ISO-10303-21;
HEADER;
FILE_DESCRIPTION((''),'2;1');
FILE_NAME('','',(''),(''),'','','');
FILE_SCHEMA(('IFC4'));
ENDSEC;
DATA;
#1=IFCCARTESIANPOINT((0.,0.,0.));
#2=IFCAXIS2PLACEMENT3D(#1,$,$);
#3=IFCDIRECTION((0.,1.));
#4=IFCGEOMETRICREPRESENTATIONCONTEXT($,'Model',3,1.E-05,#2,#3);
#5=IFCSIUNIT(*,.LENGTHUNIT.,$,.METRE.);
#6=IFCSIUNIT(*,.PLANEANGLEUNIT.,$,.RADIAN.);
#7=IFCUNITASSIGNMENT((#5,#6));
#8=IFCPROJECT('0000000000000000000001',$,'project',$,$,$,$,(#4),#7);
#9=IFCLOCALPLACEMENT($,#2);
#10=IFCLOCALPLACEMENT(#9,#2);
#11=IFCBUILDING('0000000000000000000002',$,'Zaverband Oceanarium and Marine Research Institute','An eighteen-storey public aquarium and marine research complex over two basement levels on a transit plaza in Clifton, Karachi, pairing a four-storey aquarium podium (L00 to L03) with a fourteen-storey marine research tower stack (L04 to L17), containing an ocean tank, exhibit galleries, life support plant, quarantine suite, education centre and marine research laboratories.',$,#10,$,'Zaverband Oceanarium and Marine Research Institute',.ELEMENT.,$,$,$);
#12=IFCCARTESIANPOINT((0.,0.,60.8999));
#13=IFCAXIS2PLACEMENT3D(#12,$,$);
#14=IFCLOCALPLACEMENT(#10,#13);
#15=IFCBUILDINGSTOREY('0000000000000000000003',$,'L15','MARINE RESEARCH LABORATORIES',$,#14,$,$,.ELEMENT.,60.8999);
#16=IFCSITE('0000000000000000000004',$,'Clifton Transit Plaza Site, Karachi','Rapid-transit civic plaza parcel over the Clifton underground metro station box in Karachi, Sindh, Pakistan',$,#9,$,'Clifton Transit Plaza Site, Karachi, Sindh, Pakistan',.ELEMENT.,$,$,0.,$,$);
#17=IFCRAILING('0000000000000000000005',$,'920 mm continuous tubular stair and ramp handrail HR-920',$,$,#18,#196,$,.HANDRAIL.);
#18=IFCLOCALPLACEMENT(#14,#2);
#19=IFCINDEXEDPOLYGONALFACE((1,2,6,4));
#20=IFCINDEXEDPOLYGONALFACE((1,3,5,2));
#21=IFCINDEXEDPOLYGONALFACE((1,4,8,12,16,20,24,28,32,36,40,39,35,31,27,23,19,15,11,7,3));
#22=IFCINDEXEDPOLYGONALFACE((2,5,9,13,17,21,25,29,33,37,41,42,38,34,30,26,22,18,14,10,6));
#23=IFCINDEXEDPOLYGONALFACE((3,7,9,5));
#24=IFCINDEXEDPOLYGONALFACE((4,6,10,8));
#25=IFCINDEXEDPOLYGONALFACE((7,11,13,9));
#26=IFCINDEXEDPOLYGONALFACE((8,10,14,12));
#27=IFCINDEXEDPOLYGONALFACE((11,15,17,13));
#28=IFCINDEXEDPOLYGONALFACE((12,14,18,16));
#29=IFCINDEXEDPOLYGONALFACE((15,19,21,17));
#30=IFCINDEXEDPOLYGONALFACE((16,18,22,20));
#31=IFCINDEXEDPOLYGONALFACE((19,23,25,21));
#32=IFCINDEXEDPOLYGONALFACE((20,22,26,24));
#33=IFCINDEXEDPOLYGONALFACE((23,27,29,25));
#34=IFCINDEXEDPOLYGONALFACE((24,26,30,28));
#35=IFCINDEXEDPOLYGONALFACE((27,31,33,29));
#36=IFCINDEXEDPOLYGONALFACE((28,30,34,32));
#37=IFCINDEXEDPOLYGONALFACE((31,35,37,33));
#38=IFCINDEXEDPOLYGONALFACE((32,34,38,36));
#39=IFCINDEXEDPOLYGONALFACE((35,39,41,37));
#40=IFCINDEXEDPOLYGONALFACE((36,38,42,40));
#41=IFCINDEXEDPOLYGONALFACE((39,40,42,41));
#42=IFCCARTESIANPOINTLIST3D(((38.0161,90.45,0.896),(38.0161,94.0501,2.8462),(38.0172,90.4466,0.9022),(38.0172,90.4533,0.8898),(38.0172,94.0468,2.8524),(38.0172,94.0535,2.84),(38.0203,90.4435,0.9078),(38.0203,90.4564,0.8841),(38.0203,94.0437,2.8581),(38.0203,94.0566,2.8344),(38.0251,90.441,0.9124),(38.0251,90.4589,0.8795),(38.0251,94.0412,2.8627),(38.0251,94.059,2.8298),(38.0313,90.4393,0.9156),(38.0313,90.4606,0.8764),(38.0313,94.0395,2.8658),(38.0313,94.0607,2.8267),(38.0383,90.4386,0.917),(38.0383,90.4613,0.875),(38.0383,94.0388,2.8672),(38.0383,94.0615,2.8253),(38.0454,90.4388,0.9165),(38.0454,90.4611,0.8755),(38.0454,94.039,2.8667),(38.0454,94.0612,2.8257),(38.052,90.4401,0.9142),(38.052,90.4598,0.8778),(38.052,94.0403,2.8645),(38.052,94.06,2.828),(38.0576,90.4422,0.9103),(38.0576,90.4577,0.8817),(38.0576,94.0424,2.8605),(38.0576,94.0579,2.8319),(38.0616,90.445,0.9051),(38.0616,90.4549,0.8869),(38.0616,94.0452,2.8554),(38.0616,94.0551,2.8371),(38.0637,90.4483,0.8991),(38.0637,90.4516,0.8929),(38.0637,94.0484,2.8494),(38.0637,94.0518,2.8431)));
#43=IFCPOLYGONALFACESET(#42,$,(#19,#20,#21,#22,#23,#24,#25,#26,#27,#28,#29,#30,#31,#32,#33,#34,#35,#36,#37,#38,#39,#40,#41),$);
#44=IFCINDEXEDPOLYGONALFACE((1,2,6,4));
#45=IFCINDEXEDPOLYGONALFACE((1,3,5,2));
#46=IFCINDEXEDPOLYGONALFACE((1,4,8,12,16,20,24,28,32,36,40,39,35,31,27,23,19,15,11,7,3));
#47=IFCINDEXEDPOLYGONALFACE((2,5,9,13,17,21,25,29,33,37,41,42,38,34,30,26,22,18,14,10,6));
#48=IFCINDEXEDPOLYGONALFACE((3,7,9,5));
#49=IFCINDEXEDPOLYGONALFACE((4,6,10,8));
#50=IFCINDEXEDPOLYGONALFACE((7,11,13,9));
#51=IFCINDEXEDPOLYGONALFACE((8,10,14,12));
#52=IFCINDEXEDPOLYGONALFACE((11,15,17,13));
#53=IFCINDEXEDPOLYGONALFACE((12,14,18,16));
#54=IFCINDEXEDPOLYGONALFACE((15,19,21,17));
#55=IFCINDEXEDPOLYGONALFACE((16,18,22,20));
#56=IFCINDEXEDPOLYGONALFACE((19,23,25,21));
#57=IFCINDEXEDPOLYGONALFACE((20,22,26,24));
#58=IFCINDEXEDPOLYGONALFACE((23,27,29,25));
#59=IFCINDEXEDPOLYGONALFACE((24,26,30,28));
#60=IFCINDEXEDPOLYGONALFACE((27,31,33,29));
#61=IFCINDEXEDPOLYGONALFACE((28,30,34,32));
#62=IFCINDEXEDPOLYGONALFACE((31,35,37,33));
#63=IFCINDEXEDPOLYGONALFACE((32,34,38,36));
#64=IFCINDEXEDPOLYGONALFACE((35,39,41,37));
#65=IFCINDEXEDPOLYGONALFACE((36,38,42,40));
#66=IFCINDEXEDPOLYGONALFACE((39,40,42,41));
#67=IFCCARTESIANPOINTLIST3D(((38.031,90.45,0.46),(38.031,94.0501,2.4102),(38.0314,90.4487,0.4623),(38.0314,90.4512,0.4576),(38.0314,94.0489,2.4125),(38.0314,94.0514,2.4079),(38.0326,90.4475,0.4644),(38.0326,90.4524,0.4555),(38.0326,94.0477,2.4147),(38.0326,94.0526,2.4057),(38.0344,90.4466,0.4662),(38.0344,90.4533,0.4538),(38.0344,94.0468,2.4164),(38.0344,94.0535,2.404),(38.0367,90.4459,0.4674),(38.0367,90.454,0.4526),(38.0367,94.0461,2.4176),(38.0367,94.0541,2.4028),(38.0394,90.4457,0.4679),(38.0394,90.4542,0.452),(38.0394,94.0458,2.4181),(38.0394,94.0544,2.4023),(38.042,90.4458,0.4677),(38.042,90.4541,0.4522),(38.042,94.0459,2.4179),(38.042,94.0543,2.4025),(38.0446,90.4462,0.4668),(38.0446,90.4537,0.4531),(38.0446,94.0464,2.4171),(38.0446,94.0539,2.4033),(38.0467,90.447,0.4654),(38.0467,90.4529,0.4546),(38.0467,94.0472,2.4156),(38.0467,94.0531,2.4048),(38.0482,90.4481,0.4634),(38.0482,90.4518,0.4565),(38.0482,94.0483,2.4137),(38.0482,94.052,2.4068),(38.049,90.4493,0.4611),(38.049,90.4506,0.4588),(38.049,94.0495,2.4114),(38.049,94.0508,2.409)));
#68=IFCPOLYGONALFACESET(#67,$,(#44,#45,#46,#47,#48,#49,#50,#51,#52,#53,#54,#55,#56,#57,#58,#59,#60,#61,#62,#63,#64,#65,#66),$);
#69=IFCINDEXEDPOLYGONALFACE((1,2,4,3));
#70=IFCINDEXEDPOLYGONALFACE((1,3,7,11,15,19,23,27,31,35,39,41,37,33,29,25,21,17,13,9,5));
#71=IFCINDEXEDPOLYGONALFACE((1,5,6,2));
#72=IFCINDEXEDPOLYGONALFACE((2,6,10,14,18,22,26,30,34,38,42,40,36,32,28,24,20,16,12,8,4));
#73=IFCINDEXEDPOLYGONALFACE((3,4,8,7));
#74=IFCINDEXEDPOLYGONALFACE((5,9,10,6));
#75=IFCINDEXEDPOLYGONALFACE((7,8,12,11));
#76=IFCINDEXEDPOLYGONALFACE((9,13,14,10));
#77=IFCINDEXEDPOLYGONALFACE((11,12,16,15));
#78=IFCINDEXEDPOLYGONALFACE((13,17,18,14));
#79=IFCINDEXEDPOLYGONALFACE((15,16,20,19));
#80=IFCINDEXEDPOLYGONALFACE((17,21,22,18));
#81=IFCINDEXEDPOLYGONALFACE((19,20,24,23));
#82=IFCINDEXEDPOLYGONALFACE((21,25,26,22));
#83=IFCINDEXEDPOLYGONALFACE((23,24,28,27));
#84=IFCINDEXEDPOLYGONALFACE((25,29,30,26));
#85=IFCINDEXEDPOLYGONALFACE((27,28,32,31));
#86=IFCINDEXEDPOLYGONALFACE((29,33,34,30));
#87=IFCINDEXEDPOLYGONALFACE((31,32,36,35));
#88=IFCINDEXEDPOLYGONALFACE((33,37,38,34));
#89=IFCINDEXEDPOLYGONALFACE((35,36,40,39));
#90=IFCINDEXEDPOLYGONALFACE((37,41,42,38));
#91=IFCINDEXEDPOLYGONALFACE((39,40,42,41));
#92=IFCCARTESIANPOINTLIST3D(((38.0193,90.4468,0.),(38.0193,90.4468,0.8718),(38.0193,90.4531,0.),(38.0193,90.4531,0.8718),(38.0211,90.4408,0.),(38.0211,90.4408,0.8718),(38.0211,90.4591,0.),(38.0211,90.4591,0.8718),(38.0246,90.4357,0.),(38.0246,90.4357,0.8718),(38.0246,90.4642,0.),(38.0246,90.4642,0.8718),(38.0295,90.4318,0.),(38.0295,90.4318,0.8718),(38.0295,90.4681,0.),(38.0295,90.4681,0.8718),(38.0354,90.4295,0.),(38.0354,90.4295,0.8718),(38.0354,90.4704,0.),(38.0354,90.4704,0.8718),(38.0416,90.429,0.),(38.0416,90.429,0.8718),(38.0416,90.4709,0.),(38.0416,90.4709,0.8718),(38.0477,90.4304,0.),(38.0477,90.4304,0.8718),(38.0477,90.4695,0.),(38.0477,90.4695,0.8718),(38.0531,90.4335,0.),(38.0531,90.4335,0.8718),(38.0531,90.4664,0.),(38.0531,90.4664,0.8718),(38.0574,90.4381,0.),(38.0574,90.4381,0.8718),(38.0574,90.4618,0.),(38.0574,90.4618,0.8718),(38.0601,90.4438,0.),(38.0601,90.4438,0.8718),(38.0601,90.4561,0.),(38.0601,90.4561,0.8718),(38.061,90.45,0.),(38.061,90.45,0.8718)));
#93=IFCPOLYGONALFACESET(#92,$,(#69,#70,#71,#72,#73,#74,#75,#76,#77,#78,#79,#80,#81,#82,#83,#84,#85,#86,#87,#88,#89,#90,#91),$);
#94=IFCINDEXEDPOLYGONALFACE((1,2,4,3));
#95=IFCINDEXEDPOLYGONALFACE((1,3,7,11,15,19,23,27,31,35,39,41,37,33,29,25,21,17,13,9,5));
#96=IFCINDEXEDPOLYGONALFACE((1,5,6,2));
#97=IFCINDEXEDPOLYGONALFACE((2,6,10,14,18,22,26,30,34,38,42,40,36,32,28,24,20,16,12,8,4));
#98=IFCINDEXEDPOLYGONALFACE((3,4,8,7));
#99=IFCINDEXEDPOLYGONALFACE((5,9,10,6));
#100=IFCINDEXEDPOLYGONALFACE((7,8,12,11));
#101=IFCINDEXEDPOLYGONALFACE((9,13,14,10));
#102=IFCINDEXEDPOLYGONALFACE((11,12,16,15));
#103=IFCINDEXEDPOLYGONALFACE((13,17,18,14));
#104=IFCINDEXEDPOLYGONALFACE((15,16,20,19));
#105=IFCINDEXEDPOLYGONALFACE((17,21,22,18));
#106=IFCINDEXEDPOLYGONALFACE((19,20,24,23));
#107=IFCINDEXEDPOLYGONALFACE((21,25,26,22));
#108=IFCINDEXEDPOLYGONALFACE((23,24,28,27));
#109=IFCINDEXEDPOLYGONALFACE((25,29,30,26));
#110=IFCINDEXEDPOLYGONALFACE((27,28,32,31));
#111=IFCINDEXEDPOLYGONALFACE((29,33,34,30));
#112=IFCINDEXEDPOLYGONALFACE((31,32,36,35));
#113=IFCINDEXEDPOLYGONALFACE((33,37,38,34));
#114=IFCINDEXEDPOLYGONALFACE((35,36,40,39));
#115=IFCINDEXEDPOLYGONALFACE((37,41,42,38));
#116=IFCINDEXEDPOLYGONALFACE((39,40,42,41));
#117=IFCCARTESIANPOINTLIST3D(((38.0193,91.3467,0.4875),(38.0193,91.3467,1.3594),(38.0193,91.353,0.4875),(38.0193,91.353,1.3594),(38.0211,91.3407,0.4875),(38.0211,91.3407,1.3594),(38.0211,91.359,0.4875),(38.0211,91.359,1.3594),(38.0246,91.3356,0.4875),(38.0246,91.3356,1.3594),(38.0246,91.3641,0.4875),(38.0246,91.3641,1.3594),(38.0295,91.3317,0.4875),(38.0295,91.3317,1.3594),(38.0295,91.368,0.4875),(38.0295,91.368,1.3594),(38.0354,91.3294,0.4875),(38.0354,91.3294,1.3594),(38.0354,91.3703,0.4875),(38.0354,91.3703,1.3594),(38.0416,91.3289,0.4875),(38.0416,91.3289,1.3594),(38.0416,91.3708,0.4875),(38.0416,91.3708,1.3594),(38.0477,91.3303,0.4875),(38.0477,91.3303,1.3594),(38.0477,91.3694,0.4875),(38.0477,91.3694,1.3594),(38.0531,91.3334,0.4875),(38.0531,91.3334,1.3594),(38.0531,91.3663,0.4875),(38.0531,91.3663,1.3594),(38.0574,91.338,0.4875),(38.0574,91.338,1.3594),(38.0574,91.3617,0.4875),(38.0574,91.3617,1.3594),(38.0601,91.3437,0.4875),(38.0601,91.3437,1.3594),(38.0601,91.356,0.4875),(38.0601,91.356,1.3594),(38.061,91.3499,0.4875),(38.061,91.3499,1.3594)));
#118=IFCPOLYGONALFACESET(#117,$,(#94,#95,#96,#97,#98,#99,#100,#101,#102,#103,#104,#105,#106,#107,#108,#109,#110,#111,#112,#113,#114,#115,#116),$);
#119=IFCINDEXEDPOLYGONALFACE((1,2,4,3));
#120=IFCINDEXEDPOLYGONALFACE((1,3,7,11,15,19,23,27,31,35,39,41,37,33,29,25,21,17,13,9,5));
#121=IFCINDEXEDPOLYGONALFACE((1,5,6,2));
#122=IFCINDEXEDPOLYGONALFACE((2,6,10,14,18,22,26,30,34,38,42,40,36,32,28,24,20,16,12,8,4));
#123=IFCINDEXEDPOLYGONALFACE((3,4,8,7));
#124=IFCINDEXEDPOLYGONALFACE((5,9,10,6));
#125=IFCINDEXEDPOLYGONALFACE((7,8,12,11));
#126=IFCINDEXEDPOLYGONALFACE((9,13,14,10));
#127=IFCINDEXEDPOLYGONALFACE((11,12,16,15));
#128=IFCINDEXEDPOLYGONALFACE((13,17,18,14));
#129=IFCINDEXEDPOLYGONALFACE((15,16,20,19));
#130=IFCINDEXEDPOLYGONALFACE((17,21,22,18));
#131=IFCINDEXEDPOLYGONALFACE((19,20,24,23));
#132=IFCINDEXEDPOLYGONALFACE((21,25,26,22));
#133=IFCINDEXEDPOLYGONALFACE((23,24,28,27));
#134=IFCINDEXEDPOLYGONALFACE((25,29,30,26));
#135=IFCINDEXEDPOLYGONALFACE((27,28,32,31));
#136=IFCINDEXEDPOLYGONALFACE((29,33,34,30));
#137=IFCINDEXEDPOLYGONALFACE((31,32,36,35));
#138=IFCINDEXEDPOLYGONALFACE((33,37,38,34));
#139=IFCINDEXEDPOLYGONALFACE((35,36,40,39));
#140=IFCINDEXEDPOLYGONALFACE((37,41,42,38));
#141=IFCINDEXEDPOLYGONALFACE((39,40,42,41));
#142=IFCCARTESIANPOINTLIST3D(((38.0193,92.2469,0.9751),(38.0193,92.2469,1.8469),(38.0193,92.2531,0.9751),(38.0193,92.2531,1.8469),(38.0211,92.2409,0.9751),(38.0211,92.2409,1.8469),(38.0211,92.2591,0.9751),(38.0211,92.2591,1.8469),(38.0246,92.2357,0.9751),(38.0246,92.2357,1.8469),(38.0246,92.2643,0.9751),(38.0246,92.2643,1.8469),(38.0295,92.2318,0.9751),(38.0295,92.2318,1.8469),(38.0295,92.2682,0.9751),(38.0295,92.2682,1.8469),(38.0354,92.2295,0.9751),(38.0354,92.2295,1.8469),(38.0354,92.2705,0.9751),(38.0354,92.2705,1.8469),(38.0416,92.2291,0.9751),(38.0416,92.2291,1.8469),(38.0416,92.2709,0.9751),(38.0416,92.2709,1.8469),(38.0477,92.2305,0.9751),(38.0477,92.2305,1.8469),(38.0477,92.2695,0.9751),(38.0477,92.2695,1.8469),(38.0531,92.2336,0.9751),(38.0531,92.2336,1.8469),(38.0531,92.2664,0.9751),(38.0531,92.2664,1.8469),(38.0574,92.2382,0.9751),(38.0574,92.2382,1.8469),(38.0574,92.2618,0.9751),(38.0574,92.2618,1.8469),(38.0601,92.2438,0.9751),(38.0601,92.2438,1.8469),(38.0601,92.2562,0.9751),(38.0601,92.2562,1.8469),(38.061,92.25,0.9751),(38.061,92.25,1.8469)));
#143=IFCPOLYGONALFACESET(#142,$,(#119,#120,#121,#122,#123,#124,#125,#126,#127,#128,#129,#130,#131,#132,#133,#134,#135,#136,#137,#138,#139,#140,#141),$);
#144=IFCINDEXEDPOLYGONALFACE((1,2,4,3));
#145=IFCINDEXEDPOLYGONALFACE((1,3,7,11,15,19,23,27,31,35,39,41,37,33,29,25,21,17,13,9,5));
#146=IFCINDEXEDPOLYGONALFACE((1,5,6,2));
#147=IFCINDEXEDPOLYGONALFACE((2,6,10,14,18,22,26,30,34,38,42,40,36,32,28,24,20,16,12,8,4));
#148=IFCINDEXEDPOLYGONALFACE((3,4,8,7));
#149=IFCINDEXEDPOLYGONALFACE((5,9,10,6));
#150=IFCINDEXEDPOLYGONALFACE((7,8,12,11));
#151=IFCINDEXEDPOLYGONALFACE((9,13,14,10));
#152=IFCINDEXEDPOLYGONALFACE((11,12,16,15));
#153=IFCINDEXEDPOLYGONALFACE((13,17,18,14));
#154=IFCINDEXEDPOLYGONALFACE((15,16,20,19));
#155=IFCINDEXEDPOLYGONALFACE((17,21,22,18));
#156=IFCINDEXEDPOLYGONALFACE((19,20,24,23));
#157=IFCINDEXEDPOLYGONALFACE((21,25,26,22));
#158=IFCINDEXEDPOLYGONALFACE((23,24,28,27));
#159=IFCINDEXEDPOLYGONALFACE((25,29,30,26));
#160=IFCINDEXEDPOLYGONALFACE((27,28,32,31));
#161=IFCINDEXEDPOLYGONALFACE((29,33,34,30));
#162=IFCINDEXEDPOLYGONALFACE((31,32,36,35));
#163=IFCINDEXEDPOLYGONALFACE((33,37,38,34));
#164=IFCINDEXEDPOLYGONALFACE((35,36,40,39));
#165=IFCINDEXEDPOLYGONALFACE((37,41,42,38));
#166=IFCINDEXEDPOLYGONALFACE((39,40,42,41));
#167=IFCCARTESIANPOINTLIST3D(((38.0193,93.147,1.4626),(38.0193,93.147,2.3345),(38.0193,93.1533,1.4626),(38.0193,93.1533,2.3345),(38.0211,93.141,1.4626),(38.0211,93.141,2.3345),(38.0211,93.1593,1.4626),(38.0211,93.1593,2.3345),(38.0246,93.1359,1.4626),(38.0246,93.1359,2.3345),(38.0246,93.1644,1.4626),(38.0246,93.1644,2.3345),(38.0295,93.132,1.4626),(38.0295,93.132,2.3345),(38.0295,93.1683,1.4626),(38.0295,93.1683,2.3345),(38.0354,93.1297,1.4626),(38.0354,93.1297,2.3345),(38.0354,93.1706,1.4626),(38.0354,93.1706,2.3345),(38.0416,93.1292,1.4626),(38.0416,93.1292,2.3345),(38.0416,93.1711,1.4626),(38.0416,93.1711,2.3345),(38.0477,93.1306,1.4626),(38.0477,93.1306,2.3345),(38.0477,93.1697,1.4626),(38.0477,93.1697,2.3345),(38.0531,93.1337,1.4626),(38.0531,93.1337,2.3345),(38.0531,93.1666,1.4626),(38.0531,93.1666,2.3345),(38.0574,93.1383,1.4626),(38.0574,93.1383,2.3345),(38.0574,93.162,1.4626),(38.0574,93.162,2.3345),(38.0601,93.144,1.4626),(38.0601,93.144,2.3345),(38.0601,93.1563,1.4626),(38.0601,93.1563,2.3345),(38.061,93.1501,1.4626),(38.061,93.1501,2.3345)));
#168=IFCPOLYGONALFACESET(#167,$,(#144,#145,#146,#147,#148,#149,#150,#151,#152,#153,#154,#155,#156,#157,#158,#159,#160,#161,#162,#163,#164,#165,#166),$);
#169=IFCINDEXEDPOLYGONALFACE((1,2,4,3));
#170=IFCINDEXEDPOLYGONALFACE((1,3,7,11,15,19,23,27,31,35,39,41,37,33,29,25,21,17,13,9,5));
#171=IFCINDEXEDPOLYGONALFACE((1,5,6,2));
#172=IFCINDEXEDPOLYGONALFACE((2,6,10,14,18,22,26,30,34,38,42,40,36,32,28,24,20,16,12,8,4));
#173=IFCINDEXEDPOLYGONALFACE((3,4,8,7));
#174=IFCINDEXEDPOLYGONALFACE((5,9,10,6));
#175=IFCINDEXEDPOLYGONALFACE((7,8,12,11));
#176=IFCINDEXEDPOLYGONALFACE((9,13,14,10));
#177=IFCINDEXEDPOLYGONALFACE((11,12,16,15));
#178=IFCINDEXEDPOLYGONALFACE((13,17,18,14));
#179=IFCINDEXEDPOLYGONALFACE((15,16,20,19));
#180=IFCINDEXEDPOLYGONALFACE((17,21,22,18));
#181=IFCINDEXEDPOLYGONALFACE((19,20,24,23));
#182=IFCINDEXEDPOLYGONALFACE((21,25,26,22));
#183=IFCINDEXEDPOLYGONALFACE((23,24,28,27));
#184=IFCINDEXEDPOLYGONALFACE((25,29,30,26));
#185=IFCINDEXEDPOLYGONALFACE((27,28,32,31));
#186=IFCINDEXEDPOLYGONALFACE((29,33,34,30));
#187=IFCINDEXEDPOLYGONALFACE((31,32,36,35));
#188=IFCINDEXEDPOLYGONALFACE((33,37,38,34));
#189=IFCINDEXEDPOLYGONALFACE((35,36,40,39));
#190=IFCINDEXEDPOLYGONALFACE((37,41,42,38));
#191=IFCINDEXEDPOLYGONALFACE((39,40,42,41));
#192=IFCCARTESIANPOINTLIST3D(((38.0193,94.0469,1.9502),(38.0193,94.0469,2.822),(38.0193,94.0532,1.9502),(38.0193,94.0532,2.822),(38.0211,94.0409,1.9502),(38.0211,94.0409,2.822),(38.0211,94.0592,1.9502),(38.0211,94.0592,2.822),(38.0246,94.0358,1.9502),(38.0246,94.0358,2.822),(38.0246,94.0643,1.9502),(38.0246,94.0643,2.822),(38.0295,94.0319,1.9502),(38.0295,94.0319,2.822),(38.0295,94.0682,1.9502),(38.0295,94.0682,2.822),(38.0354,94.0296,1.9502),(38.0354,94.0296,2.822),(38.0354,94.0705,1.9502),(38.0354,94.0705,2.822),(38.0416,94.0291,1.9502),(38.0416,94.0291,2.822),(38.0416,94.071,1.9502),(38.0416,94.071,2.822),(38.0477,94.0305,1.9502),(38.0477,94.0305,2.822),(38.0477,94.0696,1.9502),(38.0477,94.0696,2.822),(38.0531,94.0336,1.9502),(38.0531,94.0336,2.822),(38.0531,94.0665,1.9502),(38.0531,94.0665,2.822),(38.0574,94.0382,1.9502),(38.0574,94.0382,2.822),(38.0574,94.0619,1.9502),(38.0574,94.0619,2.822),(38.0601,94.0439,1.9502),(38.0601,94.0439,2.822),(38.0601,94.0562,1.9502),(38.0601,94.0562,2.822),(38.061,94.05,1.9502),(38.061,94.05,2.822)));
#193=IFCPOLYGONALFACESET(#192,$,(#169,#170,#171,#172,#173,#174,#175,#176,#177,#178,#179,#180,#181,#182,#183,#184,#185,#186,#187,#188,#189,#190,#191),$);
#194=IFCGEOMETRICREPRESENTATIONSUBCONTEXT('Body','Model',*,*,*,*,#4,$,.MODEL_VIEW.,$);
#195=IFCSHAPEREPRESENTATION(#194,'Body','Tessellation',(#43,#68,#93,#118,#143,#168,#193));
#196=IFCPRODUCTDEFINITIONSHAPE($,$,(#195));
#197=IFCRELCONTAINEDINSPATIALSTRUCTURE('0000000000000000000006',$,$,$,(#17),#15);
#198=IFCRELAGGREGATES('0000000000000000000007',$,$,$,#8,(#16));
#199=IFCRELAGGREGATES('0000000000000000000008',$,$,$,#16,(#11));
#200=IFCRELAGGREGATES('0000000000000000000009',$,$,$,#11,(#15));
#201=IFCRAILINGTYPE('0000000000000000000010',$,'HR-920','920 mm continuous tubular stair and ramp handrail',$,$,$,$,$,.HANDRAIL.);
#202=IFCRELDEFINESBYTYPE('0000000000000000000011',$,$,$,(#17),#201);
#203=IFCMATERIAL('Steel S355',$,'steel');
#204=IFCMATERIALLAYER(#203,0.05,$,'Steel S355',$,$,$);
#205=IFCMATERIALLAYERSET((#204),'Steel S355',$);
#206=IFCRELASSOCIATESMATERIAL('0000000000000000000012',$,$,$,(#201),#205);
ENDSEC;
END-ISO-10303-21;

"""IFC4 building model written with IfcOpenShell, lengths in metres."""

from ifc_helpers import new_model, si_unit, direction, frame, origin, origin_2d, place, context, subcontext, project, spatial, circle, extrude, material, layer, layer_set, type_object, element, save


model = new_model("IFC4")

# Units and contexts
model_context = context("Model", 3, precision=1e-05, world=origin(), true_north=direction((0.0, 1.0)))
body_context = subcontext(model_context, "Body", "Model", "MODEL_VIEW")
ifc_project = project(units=[si_unit("LENGTHUNIT", "METRE"), si_unit("PLANEANGLEUNIT", "RADIAN")], contexts=[model_context])

# Site, building, storey
site_placement = place(None, origin())
site = spatial("IfcSite", under=ifc_project, at=site_placement, Name="Clifton Transit Plaza Site, Karachi", Description="Rapid-transit civic plaza parcel over the Clifton underground metro station box in Karachi, Sindh, Pakistan", LongName="Clifton Transit Plaza Site, Karachi, Sindh, Pakistan", CompositionType="ELEMENT", RefElevation=0.0)
building_placement = place(site_placement, origin())
building = spatial("IfcBuilding", under=site, at=building_placement, Name="Zaverband Oceanarium and Marine Research Institute", Description="An eighteen-storey public aquarium and marine research complex over two basement levels on a transit plaza in Clifton, Karachi, pairing a four-storey aquarium podium (L00 to L03) with a fourteen-storey marine research tower stack (L04 to L17), containing an ocean tank, exhibit galleries, life support plant, quarantine suite, education centre and marine research laboratories.", LongName="Zaverband Oceanarium and Marine Research Institute", CompositionType="ELEMENT")
storey_placement = place(building_placement, frame((0.0, 0.0, 60.8999)))
storey = spatial("IfcBuildingStorey", under=building, at=storey_placement, Name="L15", Description="MARINE RESEARCH LABORATORIES", CompositionType="ELEMENT", Elevation=60.8999)

# Shared definitions
ifc_material_1 = material(Name="Steel S355", Category="steel")

# Railing
ifc_layer_1 = layer(ifc_material_1, 0.05, Name="Steel S355")
ifc_layer_set_1 = layer_set([ifc_layer_1], Name="Steel S355")
railing_type_1 = type_object("IfcRailingType", Name="HR-920", Description="920 mm continuous tubular stair and ramp handrail", PredefinedType="HANDRAIL", material=ifc_layer_set_1)
railing_1_placement = place(storey_placement, frame((38.04, 90.45, 0.0)))
element("IfcRailing", 1, at=railing_1_placement, inside=storey, type_object=railing_type_1, Name="920 mm continuous tubular stair and ramp handrail HR-920", PredefinedType="HANDRAIL", context=body_context, shape_type="SweptSolid", body=[
    extrude(circle(Radius=0.0239, at=origin_2d()), frame((0.0, 0.0, 0.896), z_axis=(0.0, 0.879277, 0.47631), x_axis=(-1.0, 0.0, 0.0)), (0.0, 0.0, 1.0), 4.0945),
    extrude(circle(Radius=0.009, at=origin_2d()), frame((0.0, 0.0, 0.46), z_axis=(0.0, 0.879277, 0.47631), x_axis=(-1.0, 0.0, 0.0)), (0.0, 0.0, 1.0), 4.0945),
    extrude(circle(Radius=0.021, at=origin_2d()), origin(), (0.0, 0.0, 1.0), 0.8718),
    extrude(circle(Radius=0.021, at=origin_2d()), frame((0.0, 0.8999, 0.4875)), (0.0, 0.0, 1.0), 0.8718),
    extrude(circle(Radius=0.021, at=origin_2d()), frame((0.0, 1.8, 0.9751)), (0.0, 0.0, 1.0), 0.8718),
    extrude(circle(Radius=0.021, at=origin_2d()), frame((0.0, 2.7002, 1.4626)), (0.0, 0.0, 1.0), 0.8718),
    extrude(circle(Radius=0.021, at=origin_2d()), frame((0.0, 3.6001, 1.9502)), (0.0, 0.0, 1.0), 0.8718),
])

save(model, "model.ifc")
